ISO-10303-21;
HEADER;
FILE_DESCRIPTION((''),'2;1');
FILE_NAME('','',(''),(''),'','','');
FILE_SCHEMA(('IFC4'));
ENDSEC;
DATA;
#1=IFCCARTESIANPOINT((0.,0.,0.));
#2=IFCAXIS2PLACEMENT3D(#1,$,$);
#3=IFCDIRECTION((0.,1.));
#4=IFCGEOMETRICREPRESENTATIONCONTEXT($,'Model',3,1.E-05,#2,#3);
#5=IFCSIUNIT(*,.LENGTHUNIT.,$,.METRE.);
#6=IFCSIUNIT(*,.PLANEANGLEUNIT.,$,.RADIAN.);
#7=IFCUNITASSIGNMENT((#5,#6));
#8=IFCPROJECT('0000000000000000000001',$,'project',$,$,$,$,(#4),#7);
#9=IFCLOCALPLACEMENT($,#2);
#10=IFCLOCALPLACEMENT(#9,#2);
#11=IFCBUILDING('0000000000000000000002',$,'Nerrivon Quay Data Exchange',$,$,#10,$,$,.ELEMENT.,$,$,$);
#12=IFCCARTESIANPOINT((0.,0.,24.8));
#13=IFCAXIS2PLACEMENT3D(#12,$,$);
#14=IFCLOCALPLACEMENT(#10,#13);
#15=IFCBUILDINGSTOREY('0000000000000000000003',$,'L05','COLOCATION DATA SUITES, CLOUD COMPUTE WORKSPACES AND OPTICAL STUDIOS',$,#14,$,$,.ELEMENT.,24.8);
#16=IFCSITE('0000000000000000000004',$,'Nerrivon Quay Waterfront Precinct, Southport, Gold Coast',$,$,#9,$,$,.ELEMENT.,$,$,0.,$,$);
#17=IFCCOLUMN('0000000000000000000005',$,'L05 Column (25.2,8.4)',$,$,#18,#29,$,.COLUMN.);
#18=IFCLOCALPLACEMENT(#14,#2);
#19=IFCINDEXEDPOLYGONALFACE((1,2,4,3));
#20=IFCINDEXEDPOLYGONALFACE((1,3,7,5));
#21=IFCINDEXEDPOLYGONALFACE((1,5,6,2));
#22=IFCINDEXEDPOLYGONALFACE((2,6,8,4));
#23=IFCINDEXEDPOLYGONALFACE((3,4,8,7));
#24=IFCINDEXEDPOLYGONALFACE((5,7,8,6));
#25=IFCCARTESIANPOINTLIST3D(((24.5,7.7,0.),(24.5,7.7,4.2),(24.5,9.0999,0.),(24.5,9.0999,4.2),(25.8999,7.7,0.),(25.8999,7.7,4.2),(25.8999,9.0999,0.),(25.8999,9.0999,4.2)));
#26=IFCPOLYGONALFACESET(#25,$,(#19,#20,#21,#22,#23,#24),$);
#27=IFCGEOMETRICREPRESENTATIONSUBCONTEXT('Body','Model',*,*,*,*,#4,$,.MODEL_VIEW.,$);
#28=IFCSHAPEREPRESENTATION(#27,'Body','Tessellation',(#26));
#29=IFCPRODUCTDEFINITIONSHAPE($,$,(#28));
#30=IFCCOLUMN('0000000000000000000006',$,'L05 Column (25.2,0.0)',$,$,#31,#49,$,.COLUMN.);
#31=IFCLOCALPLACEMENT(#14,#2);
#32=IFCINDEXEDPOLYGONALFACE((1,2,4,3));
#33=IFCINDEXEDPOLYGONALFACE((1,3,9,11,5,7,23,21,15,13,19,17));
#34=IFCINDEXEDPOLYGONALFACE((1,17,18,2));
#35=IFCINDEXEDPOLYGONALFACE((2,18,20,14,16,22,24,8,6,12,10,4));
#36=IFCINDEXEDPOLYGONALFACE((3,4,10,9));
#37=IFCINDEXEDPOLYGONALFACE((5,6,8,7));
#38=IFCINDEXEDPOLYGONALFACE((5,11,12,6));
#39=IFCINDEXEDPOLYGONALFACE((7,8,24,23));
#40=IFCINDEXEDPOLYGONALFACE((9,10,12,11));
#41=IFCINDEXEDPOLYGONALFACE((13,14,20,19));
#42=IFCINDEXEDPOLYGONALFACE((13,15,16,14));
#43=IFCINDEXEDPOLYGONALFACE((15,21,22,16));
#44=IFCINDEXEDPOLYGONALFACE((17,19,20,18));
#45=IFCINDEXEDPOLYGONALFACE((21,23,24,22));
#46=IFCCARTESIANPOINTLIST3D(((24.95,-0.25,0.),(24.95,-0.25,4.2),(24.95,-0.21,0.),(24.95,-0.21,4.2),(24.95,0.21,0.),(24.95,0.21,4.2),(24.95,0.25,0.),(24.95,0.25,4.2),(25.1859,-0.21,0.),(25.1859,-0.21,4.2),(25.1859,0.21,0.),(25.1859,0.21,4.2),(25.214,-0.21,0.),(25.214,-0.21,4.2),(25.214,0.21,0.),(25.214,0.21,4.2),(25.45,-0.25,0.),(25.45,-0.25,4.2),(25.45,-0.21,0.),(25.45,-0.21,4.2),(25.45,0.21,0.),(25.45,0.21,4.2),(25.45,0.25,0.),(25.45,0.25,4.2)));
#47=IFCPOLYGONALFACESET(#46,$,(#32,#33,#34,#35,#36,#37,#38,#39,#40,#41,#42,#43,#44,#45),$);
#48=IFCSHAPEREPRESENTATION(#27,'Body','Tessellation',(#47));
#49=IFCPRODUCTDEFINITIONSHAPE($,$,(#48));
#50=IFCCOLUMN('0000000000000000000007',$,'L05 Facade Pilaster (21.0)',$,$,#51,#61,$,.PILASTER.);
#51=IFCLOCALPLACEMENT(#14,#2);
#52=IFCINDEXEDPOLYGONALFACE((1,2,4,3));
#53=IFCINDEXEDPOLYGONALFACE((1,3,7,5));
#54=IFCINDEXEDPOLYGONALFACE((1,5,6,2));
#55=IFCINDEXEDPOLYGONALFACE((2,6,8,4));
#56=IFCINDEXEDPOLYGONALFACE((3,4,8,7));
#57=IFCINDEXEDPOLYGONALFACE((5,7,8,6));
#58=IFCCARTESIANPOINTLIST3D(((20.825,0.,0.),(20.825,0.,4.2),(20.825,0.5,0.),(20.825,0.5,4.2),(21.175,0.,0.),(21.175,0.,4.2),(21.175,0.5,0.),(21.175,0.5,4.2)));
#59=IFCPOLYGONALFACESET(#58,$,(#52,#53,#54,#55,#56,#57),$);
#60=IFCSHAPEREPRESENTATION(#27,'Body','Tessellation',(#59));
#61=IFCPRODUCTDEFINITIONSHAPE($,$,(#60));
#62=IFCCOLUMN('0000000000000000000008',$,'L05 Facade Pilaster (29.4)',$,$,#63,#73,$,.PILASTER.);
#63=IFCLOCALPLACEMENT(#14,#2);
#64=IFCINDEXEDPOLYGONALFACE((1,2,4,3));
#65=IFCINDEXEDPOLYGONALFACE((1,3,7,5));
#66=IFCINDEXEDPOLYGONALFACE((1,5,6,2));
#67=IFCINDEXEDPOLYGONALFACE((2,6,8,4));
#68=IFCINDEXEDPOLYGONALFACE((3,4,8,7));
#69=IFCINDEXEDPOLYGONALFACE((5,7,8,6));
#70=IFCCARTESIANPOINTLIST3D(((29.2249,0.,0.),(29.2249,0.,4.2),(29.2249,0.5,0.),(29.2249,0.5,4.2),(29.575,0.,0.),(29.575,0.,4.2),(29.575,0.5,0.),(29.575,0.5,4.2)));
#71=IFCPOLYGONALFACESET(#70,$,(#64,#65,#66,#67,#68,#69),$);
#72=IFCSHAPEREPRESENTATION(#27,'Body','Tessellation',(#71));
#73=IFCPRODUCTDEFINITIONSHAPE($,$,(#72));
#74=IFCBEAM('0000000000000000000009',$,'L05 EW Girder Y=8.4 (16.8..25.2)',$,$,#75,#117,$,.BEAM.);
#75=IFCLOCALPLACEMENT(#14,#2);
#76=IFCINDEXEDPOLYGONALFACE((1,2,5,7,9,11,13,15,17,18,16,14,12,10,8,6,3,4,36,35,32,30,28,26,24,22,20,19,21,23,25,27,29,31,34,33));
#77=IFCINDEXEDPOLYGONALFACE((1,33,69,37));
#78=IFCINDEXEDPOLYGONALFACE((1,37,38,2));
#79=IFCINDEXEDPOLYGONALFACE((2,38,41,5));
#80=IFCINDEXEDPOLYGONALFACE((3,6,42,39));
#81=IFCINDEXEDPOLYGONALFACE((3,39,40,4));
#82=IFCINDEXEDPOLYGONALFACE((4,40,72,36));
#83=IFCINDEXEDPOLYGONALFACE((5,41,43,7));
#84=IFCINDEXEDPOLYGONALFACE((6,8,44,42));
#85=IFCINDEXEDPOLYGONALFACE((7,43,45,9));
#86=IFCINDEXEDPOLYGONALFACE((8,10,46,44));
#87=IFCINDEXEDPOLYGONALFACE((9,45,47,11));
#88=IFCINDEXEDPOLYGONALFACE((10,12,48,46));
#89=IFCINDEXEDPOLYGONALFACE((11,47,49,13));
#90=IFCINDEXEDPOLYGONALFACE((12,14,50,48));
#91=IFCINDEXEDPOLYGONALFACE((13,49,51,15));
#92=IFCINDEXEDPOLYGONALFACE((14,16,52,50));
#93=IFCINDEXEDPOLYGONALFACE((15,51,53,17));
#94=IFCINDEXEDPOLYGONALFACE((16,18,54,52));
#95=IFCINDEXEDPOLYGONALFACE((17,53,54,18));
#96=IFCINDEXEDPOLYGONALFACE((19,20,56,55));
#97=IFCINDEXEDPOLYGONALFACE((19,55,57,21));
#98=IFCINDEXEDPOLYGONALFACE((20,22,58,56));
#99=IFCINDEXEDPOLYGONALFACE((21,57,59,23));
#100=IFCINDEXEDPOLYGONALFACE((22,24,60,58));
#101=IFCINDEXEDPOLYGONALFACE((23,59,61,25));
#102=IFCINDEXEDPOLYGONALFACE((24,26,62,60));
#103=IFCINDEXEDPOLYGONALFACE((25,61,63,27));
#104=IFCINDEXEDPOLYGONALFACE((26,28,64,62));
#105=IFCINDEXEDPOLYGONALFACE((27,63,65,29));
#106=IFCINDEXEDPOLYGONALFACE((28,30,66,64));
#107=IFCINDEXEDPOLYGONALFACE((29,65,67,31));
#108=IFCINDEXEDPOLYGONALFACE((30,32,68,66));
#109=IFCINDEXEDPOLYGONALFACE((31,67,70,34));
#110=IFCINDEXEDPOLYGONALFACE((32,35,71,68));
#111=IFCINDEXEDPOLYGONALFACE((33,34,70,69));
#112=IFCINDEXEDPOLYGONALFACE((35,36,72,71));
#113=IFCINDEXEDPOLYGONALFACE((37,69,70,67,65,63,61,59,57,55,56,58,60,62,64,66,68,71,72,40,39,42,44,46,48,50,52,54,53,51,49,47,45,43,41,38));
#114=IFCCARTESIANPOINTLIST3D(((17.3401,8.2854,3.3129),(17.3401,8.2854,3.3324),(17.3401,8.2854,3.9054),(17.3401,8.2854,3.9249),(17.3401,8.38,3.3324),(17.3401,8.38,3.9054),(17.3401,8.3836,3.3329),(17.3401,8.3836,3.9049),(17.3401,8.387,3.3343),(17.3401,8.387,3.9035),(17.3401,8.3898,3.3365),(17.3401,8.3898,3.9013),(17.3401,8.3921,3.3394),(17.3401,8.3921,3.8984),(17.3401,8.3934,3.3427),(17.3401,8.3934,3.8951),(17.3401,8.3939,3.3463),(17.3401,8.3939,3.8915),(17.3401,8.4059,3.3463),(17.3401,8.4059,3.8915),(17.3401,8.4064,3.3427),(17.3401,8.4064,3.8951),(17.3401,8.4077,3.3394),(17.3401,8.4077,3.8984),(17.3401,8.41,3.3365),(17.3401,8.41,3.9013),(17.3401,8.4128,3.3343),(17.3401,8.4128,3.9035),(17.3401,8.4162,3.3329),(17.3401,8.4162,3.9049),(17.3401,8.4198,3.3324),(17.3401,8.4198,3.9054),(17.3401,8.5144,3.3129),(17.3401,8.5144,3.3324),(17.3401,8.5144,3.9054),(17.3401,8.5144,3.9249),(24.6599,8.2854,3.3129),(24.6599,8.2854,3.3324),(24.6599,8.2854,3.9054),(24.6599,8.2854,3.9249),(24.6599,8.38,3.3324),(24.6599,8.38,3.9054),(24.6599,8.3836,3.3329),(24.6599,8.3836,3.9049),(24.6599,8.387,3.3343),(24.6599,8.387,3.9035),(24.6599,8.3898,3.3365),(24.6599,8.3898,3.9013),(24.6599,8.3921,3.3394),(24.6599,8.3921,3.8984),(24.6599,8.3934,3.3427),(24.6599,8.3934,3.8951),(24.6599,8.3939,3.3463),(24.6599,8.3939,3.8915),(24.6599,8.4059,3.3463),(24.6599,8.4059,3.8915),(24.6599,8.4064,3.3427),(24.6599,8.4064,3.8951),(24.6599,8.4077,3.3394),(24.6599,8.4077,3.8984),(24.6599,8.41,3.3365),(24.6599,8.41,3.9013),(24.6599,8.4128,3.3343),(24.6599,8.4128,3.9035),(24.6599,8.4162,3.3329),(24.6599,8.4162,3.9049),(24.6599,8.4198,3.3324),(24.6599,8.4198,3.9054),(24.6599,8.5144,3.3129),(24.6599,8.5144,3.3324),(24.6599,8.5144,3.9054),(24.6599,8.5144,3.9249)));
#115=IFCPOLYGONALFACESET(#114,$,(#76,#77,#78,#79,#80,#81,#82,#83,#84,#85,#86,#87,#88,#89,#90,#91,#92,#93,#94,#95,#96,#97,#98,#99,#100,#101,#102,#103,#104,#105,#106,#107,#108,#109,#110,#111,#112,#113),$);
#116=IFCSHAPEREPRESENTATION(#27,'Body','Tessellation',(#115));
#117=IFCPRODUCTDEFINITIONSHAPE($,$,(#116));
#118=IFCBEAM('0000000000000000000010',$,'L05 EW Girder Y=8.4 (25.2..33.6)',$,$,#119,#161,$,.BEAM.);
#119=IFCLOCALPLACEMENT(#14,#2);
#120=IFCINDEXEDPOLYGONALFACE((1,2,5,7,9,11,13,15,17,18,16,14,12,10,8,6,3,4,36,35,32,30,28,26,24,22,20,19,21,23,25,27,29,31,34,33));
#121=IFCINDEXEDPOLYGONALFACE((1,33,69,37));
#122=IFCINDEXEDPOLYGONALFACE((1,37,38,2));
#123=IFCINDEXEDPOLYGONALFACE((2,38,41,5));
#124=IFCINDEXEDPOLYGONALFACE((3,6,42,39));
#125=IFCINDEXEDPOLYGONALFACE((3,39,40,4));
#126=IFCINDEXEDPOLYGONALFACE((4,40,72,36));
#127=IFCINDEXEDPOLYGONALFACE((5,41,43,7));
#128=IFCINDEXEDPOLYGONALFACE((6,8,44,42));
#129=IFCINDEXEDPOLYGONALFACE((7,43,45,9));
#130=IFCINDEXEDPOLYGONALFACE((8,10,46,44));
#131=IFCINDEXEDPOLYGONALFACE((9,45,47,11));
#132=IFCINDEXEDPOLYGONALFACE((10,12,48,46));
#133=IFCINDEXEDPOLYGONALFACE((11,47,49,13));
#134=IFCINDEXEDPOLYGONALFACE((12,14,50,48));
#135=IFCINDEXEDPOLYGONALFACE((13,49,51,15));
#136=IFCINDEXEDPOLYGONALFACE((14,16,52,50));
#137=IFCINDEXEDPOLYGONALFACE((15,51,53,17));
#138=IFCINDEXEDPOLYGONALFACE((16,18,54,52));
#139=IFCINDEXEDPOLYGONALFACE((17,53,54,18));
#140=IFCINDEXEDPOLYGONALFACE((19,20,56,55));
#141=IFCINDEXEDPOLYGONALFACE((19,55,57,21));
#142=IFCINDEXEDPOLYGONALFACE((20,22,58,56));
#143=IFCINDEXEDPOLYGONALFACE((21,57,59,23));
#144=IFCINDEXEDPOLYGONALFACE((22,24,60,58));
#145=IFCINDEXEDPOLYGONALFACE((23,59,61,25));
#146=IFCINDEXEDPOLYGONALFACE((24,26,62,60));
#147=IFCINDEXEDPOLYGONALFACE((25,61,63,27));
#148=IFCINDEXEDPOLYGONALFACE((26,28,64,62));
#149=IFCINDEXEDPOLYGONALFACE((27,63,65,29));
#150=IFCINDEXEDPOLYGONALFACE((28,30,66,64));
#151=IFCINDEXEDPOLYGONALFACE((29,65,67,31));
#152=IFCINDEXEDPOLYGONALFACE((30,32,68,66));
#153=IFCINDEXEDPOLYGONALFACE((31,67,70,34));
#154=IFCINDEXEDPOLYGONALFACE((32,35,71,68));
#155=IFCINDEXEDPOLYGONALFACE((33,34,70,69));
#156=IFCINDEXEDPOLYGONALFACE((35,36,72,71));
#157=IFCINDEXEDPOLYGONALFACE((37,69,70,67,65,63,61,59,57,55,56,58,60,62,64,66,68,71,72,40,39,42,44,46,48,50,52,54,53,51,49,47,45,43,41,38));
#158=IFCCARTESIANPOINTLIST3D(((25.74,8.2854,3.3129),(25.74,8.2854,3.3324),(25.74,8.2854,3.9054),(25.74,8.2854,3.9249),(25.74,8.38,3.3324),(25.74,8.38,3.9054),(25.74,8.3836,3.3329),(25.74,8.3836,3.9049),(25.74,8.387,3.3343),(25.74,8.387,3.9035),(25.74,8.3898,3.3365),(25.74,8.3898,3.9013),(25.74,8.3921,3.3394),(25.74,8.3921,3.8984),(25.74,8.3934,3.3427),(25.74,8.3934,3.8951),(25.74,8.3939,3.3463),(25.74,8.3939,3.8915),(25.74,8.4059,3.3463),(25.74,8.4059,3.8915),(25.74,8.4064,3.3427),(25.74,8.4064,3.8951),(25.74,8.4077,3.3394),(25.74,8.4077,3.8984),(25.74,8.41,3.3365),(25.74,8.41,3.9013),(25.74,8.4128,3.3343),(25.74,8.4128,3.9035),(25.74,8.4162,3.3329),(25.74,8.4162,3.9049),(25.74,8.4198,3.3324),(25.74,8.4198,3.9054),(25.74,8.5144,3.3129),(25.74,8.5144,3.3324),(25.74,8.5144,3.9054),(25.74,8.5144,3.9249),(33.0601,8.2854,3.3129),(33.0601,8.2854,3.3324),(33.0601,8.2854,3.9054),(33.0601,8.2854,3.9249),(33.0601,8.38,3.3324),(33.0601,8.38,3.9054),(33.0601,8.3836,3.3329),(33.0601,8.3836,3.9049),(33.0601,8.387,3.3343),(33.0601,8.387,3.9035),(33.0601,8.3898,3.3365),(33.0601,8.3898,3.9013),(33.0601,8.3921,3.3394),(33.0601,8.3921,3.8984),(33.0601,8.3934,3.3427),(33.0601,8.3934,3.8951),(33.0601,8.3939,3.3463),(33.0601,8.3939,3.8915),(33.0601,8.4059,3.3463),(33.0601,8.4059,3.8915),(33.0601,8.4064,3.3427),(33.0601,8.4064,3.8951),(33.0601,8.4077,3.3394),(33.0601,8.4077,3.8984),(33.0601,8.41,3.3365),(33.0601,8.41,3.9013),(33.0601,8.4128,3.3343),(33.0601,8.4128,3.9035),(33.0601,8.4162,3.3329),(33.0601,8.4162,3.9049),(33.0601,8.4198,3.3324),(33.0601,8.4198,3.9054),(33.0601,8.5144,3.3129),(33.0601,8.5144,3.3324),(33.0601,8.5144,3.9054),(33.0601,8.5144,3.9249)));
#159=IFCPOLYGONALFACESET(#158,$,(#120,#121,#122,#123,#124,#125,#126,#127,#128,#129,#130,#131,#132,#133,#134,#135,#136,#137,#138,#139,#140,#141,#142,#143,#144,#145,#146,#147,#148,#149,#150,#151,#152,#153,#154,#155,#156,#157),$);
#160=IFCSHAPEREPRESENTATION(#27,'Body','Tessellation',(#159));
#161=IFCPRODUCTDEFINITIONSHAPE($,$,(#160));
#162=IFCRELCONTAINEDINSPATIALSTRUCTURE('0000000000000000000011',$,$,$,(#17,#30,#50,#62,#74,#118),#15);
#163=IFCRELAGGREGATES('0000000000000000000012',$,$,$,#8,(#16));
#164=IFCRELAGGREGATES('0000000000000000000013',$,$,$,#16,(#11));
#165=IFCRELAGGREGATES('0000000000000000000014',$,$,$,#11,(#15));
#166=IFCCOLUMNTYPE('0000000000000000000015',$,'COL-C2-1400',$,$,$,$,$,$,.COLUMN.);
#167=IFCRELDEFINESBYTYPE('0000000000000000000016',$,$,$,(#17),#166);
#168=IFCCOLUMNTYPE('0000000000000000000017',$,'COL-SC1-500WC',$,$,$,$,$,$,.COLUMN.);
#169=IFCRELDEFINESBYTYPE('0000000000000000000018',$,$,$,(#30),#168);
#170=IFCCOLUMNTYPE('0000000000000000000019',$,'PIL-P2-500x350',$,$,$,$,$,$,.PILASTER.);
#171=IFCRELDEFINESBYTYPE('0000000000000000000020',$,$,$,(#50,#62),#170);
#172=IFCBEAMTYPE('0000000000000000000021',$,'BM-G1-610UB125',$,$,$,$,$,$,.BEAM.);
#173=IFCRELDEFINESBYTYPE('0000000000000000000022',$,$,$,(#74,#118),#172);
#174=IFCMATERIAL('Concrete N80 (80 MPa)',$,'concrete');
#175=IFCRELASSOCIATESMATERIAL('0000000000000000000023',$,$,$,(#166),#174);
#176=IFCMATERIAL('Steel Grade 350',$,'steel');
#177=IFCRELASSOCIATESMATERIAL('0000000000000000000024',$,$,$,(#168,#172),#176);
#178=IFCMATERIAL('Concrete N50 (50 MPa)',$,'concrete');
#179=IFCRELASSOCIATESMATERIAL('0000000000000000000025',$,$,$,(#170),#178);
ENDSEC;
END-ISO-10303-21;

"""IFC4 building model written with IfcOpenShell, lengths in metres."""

from ifc_helpers import new_model, si_unit, direction, frame, origin, origin_2d, place, context, subcontext, project, spatial, rectangle, i_section, extrude, material, material_profile, profile_set, type_object, element, save


model = new_model("IFC4")

# Units and contexts
model_context = context("Model", 3, precision=1e-05, world=origin(), true_north=direction((0.0, 1.0)))
body_context = subcontext(model_context, "Body", "Model", "MODEL_VIEW")
ifc_project = project(units=[si_unit("LENGTHUNIT", "METRE"), si_unit("PLANEANGLEUNIT", "RADIAN")], contexts=[model_context])

# Site, building, storey
site_placement = place(None, origin())
site = spatial("IfcSite", under=ifc_project, at=site_placement, Name="Nerrivon Quay Waterfront Precinct, Southport, Gold Coast", CompositionType="ELEMENT", RefElevation=0.0)
building_placement = place(site_placement, origin())
building = spatial("IfcBuilding", under=site, at=building_placement, Name="Nerrivon Quay Data Exchange", CompositionType="ELEMENT")
storey_placement = place(building_placement, frame((0.0, 0.0, 24.8)))
storey = spatial("IfcBuildingStorey", under=building, at=storey_placement, Name="L05", Description="COLOCATION DATA SUITES, CLOUD COMPUTE WORKSPACES AND OPTICAL STUDIOS", CompositionType="ELEMENT", Elevation=24.8)

# Columns
ifc_material_1 = material(Name="Concrete N80 (80 MPa)", Category="concrete")
ifc_material_profile_1 = material_profile(ifc_material_1, rectangle(XDim=1.3999, YDim=1.3999, at=origin_2d()), Name="RC-COL-1400x1400")
ifc_profile_set_1 = profile_set([ifc_material_profile_1], Name="Concrete N80 (80 MPa)")
column_type_1 = type_object("IfcColumnType", Name="COL-C2-1400", PredefinedType="COLUMN", material=ifc_profile_set_1)
column_1_placement = place(storey_placement, frame((25.2, 8.3999, 0.0), z_axis=(0.0, 0.0, 1.0), x_axis=(1.0, 0.0, 0.0)))
element("IfcColumn", 1, at=column_1_placement, inside=storey, type_object=column_type_1, Name="L05 Column (25.2,8.4)", PredefinedType="COLUMN", context=body_context, shape_type="SweptSolid", body=[
    extrude(rectangle(XDim=1.3999, YDim=1.3999, at=origin_2d()), origin(), (0.0, 0.0, 1.0), 4.2),
])
ifc_material_2 = material(Name="Steel Grade 350", Category="steel")
ifc_material_profile_2 = material_profile(ifc_material_2, i_section(OverallWidth=0.5, OverallDepth=0.5, WebThickness=0.0281, FlangeThickness=0.04, at=origin_2d()), Name="500WC440")
ifc_profile_set_2 = profile_set([ifc_material_profile_2], Name="Steel Grade 350")
column_type_2 = type_object("IfcColumnType", Name="COL-SC1-500WC", PredefinedType="COLUMN", material=ifc_profile_set_2)
column_2_placement = place(storey_placement, frame((25.2, 0.0, 0.0), z_axis=(0.0, 0.0, 1.0), x_axis=(1.0, 0.0, 0.0)))
element("IfcColumn", 2, at=column_2_placement, inside=storey, type_object=column_type_2, Name="L05 Column (25.2,0.0)", PredefinedType="COLUMN", context=body_context, shape_type="SweptSolid", body=[
    extrude(i_section(OverallWidth=0.5, OverallDepth=0.5, WebThickness=0.0281, FlangeThickness=0.04, at=origin_2d()), origin(), (0.0, 0.0, 1.0), 4.2),
])
ifc_material_3 = material(Name="Concrete N50 (50 MPa)", Category="concrete")
ifc_material_profile_3 = material_profile(ifc_material_3, rectangle(XDim=0.3501, YDim=0.5, at=origin_2d()), Name="RC-PIL-500x350")
ifc_profile_set_3 = profile_set([ifc_material_profile_3], Name="Concrete N50 (50 MPa)")
column_type_3 = type_object("IfcColumnType", Name="PIL-P2-500x350", PredefinedType="PILASTER", material=ifc_profile_set_3)
for number, where, z_axis, x_axis, name in (
    (3, (21.0, 0.25, 0.0), (0.0, 0.0, 1.0), (1.0, 0.0, 0.0), "L05 Facade Pilaster (21.0)"),
    (4, (29.3999, 0.25, 0.0), (0.0, 0.0, 1.0), (1.0, 0.0, 0.0), "L05 Facade Pilaster (29.4)"),
):
    element("IfcColumn", number, at=place(storey_placement, frame(where, z_axis=z_axis, x_axis=x_axis)), inside=storey, type_object=column_type_3, Name=name, PredefinedType="PILASTER", context=body_context, shape_type="SweptSolid", body=[
        extrude(rectangle(XDim=0.3501, YDim=0.5, at=origin_2d()), origin(), (0.0, 0.0, 1.0), 4.2),
    ])

# Beams
ifc_material_profile_4 = material_profile(ifc_material_2, i_section(OverallWidth=0.229, OverallDepth=0.6121, WebThickness=0.012, FlangeThickness=0.0195, FilletRadius=0.0139, at=origin_2d()), Name="610UB125")
ifc_profile_set_4 = profile_set([ifc_material_profile_4], Name="Steel Grade 350")
beam_type_1 = type_object("IfcBeamType", Name="BM-G1-610UB125", PredefinedType="BEAM", material=ifc_profile_set_4)
beam_1_placement = place(storey_placement, frame((17.3401, 8.3999, 3.6189), z_axis=(1.0, 0.0, 0.0), x_axis=(0.0, 1.0, 0.0)))
element("IfcBeam", 5, at=beam_1_placement, inside=storey, type_object=beam_type_1, Name="L05 EW Girder Y=8.4 (16.8..25.2)", PredefinedType="BEAM", context=body_context, shape_type="SweptSolid", body=[
    extrude(i_section(OverallWidth=0.229, OverallDepth=0.6121, WebThickness=0.012, FlangeThickness=0.0195, FilletRadius=0.0139, at=origin_2d()), origin(), (0.0, 0.0, 1.0), 7.3198),
])
beam_2_placement = place(storey_placement, frame((25.74, 8.3999, 3.6189), z_axis=(1.0, 0.0, 0.0), x_axis=(0.0, 1.0, 0.0)))
element("IfcBeam", 6, at=beam_2_placement, inside=storey, type_object=beam_type_1, Name="L05 EW Girder Y=8.4 (25.2..33.6)", PredefinedType="BEAM", context=body_context, shape_type="SweptSolid", body=[
    extrude(i_section(OverallWidth=0.229, OverallDepth=0.6121, WebThickness=0.012, FlangeThickness=0.0195, FilletRadius=0.0139, at=origin_2d()), origin(), (0.0, 0.0, 1.0), 7.3201),
])

save(model, "model.ifc")
